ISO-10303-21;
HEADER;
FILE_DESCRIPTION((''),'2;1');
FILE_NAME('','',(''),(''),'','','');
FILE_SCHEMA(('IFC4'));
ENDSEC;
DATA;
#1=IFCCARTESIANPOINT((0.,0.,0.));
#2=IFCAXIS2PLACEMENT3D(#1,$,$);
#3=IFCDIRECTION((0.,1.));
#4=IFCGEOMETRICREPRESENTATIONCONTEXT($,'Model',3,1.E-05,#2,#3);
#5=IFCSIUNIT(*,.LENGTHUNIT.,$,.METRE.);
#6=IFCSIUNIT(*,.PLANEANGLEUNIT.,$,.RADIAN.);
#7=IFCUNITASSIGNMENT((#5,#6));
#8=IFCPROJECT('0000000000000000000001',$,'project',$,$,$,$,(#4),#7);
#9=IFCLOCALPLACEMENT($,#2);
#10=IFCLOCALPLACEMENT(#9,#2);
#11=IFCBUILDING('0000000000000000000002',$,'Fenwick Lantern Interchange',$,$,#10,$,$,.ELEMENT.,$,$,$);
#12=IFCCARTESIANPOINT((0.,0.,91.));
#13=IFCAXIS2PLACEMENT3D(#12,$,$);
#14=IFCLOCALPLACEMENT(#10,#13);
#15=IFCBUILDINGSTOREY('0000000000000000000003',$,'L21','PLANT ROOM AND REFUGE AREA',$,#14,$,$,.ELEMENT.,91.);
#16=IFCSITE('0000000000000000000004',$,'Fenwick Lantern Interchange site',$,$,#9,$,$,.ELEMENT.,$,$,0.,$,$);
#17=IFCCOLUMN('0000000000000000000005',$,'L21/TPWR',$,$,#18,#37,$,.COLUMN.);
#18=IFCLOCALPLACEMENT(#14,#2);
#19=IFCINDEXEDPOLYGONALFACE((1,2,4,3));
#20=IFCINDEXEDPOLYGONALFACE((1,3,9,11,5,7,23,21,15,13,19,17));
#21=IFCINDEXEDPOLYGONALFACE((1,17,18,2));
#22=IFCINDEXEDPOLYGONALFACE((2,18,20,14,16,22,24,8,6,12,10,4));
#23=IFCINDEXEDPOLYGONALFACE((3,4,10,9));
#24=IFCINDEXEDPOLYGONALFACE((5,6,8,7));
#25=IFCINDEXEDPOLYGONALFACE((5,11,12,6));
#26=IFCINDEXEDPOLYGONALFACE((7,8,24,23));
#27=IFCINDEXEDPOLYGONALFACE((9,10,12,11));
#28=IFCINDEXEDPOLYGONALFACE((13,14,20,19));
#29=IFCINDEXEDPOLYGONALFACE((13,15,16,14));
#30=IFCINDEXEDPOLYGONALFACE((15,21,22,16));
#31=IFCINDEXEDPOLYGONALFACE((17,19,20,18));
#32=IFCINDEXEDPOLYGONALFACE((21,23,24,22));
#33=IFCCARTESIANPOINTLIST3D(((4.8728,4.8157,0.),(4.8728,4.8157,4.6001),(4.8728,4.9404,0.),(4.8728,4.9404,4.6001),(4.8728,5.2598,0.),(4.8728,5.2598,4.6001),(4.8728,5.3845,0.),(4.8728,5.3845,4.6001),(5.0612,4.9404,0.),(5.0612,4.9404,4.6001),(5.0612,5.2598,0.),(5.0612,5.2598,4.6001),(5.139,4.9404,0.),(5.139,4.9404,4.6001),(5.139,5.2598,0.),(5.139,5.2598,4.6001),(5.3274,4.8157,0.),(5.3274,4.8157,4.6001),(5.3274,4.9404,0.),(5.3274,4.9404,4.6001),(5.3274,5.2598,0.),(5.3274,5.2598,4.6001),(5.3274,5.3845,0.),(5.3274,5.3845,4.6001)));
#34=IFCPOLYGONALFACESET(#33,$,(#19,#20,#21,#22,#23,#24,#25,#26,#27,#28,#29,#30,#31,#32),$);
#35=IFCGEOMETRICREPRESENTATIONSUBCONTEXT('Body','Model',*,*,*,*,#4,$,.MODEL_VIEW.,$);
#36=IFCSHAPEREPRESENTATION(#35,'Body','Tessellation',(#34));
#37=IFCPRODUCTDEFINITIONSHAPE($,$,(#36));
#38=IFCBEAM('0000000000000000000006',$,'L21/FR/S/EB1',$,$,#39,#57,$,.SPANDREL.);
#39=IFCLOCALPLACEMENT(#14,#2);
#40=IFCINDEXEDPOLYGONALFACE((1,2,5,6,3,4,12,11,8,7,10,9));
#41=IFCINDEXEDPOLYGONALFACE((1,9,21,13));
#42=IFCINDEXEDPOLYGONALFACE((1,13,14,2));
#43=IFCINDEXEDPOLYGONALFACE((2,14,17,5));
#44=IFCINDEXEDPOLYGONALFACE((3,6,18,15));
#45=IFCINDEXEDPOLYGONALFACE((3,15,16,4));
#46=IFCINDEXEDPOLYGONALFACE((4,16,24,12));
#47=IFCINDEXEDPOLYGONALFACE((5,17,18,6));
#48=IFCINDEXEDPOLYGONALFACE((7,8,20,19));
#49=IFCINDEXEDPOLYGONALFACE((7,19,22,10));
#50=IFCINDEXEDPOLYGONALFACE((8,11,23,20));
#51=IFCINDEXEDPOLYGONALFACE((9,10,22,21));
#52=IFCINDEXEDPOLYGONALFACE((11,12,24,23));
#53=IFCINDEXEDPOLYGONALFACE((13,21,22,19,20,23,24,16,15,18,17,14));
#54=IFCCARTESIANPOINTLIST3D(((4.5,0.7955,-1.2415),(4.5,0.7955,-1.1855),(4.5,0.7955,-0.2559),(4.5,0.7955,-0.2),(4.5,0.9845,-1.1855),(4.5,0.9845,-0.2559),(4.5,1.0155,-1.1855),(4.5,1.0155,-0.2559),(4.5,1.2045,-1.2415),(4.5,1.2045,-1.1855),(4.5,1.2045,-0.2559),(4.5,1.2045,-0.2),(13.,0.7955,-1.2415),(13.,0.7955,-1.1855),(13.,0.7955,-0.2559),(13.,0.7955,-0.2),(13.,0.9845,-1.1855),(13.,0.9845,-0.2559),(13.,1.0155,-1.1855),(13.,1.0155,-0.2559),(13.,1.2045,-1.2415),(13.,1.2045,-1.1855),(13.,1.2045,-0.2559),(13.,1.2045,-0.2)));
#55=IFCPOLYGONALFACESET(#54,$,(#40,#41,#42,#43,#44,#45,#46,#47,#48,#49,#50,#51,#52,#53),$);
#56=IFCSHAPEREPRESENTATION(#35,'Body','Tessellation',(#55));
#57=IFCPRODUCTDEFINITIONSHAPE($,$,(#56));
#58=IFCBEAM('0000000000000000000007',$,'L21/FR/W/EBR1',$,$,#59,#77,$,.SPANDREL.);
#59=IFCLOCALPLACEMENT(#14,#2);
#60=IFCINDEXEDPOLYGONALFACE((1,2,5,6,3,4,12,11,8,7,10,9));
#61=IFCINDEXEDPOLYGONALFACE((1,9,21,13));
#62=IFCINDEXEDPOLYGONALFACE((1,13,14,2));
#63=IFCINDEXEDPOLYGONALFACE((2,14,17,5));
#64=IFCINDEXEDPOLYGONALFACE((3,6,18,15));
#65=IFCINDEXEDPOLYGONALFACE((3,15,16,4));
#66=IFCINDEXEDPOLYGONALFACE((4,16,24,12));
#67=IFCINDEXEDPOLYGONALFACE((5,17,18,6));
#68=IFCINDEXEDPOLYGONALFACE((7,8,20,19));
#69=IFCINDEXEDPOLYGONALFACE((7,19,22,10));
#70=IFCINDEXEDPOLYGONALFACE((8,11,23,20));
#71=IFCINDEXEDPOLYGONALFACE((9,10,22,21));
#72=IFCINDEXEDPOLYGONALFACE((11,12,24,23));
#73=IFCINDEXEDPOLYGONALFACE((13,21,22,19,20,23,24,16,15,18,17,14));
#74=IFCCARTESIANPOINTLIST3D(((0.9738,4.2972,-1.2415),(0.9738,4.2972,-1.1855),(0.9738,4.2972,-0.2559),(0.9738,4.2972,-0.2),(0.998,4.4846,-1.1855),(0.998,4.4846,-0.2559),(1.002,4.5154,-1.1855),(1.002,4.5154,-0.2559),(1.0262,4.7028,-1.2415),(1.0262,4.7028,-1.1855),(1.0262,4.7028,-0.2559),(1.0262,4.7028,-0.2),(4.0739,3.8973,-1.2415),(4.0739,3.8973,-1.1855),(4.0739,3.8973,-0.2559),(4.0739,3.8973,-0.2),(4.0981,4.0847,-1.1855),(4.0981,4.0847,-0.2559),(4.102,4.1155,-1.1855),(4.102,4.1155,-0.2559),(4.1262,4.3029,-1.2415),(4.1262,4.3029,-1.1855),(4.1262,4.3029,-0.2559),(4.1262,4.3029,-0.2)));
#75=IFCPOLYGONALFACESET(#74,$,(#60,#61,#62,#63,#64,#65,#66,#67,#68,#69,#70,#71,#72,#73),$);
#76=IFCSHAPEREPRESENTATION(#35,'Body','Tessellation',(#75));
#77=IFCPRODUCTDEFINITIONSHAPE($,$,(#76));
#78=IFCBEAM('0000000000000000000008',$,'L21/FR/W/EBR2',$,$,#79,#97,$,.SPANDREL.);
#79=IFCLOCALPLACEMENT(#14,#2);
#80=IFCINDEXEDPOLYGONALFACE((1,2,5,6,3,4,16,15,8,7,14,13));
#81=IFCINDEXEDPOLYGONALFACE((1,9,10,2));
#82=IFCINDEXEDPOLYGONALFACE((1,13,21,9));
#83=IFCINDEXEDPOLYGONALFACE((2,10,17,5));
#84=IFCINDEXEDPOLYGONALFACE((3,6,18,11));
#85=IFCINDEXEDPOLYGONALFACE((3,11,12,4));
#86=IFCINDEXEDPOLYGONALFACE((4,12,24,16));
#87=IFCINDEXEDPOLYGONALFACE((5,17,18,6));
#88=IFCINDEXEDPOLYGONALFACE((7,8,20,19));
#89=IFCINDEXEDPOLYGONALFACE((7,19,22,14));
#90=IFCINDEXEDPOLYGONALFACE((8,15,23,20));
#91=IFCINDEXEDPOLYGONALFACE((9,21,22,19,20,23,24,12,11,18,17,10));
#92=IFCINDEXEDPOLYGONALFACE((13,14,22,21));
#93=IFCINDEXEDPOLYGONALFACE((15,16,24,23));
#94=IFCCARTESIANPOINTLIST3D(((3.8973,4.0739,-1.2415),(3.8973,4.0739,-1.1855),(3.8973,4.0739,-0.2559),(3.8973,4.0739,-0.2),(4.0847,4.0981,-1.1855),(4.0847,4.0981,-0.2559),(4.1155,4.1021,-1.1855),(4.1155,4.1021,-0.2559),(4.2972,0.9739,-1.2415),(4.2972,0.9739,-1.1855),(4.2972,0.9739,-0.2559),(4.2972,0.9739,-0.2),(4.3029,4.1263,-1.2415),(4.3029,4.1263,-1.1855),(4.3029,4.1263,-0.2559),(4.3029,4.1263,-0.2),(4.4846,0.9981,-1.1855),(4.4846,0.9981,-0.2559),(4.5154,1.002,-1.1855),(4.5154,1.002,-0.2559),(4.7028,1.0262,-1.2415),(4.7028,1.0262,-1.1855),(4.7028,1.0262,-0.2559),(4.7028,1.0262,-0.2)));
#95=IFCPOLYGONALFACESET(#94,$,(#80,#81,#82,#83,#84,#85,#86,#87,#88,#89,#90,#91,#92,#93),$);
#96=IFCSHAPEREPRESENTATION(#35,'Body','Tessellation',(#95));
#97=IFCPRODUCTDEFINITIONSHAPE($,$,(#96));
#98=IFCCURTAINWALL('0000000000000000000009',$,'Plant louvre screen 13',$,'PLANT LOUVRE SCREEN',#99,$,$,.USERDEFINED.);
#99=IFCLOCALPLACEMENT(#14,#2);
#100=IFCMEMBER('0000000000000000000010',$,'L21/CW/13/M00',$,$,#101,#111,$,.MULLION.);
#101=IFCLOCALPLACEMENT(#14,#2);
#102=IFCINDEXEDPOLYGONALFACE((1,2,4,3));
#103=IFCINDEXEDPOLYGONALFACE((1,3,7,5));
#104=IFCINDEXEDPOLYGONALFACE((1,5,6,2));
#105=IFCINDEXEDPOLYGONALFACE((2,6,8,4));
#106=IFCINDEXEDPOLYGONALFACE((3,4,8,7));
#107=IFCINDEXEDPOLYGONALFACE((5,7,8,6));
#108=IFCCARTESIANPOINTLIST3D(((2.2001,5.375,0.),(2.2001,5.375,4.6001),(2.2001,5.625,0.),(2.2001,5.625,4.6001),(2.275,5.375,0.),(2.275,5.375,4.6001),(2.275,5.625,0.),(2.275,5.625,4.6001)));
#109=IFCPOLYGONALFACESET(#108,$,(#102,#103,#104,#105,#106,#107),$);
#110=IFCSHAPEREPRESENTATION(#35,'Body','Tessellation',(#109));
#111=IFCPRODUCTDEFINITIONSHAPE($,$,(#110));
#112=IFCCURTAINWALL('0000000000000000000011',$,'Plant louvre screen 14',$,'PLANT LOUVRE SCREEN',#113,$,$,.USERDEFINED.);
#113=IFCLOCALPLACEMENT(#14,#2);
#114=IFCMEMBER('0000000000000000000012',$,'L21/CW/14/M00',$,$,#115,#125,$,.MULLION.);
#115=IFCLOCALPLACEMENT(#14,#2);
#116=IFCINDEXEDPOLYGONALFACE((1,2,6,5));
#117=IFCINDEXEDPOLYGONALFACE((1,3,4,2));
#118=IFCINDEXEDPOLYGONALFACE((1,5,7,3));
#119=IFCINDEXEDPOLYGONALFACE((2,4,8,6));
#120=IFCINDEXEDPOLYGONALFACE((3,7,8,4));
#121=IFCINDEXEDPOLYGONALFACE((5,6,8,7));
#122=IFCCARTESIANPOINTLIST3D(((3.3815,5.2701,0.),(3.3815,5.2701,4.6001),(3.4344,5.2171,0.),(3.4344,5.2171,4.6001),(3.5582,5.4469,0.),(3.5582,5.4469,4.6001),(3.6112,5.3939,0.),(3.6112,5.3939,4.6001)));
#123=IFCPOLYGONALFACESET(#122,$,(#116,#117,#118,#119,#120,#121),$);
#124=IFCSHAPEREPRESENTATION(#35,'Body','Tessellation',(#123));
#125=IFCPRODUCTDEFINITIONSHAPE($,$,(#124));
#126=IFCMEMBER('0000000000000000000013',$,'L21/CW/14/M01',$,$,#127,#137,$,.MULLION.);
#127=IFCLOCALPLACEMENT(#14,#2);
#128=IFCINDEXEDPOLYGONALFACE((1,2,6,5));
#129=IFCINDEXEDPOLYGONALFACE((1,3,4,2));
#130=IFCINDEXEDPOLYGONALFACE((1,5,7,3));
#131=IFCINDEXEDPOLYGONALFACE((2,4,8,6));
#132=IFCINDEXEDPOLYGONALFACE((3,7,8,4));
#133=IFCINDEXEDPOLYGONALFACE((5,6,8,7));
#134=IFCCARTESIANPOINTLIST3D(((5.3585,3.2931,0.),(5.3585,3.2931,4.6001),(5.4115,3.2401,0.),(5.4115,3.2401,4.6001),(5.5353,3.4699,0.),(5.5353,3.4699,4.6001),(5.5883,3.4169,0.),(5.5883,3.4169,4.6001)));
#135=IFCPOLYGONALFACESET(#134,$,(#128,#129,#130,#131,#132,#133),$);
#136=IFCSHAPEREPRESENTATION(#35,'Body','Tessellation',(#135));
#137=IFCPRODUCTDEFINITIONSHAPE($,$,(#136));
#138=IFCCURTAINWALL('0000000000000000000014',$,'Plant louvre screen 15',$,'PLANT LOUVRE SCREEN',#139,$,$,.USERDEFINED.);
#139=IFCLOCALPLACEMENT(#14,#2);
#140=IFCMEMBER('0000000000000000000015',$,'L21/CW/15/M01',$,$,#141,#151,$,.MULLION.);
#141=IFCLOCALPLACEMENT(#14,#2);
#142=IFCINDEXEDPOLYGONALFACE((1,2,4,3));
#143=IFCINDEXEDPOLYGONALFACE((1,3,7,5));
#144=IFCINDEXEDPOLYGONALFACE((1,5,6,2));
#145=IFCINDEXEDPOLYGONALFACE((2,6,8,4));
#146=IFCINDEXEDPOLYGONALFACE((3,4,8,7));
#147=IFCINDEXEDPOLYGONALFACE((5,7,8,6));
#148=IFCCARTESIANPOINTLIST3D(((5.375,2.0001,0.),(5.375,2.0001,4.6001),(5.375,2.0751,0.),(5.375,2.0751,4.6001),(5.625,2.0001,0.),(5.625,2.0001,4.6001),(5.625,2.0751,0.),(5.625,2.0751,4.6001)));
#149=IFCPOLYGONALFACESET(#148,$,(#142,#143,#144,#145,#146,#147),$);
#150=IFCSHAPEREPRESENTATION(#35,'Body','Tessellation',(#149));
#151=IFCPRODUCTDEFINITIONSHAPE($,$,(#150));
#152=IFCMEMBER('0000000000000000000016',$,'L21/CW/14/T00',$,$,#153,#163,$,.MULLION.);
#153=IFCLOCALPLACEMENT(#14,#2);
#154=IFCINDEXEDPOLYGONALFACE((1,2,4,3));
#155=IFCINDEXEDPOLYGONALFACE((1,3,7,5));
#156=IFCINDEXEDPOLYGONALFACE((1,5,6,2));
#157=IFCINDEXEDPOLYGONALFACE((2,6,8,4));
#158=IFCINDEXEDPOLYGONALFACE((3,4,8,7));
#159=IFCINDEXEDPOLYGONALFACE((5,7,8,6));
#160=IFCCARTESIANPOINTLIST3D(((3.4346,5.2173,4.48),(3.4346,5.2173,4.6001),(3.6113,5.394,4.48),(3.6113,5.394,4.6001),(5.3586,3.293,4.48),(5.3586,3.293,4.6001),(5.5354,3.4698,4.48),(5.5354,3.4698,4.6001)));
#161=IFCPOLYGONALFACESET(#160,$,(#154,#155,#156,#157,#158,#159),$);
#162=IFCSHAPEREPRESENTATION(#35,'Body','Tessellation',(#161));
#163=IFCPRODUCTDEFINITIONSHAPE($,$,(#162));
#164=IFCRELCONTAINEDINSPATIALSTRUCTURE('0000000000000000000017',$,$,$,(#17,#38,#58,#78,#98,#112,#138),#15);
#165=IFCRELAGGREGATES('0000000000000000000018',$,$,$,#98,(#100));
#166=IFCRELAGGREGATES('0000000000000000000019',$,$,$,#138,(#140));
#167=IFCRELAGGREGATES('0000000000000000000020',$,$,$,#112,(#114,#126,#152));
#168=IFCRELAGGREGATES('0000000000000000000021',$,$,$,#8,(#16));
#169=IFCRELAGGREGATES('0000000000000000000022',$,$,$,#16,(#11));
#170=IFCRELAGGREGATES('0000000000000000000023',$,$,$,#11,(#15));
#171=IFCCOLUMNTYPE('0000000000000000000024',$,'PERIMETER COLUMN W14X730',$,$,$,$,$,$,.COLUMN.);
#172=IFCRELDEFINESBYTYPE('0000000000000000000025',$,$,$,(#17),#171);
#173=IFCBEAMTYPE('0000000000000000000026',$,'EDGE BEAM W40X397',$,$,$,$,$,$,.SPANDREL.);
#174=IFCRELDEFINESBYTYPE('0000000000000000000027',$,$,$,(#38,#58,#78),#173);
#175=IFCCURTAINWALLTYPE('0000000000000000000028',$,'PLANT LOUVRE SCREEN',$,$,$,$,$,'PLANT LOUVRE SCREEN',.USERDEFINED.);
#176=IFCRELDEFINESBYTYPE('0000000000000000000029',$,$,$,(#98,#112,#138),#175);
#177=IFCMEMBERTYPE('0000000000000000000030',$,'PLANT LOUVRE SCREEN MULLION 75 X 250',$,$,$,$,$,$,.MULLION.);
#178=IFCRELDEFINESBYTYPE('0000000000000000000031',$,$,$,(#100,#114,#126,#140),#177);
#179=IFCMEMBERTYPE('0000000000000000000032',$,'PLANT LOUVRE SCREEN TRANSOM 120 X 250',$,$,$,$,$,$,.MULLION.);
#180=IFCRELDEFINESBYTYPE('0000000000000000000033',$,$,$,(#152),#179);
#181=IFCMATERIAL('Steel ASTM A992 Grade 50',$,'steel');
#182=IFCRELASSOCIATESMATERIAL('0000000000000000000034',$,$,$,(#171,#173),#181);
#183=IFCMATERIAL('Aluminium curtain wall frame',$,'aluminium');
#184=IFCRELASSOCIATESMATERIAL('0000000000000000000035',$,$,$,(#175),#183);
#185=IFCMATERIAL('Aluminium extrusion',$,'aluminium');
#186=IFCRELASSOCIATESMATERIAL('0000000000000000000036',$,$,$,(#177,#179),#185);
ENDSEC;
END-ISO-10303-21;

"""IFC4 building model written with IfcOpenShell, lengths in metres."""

from ifc_helpers import new_model, si_unit, direction, frame, origin, origin_2d, place, context, subcontext, project, spatial, rectangle, i_section, extrude, material, material_profile, profile_set, type_object, element, aggregate, save


model = new_model("IFC4")

# Units and contexts
model_context = context("Model", 3, precision=1e-05, world=origin(), true_north=direction((0.0, 1.0)))
body_context = subcontext(model_context, "Body", "Model", "MODEL_VIEW")
ifc_project = project(units=[si_unit("LENGTHUNIT", "METRE"), si_unit("PLANEANGLEUNIT", "RADIAN")], contexts=[model_context])

# Site, building, storey
site_placement = place(None, origin())
site = spatial("IfcSite", under=ifc_project, at=site_placement, Name="Fenwick Lantern Interchange site", CompositionType="ELEMENT", RefElevation=0.0)
building_placement = place(site_placement, origin())
building = spatial("IfcBuilding", under=site, at=building_placement, Name="Fenwick Lantern Interchange", CompositionType="ELEMENT")
storey_placement = place(building_placement, frame((0.0, 0.0, 91.0)))
storey = spatial("IfcBuildingStorey", under=building, at=storey_placement, Name="L21", Description="PLANT ROOM AND REFUGE AREA", CompositionType="ELEMENT", Elevation=91.0)

# Column
ifc_material_1 = material(Name="Steel ASTM A992 Grade 50", Category="steel")
ifc_material_profile_1 = material_profile(ifc_material_1, i_section(OverallWidth=0.4546, OverallDepth=0.5688, WebThickness=0.0779, FlangeThickness=0.1248, at=origin_2d()), Name="W14X730")
ifc_profile_set_1 = profile_set([ifc_material_profile_1], Name="Steel ASTM A992 Grade 50")
column_type = type_object("IfcColumnType", Name="PERIMETER COLUMN W14X730", PredefinedType="COLUMN", material=ifc_profile_set_1)
column_placement = place(storey_placement, frame((5.1001, 5.1001, 0.0), z_axis=(0.0, 0.0, 1.0), x_axis=(1.0, 0.0, 0.0)))
element("IfcColumn", 1, at=column_placement, inside=storey, type_object=column_type, Name="L21/TPWR", PredefinedType="COLUMN", context=body_context, shape_type="SweptSolid", body=[
    extrude(i_section(OverallWidth=0.4546, OverallDepth=0.5688, WebThickness=0.0779, FlangeThickness=0.1248, at=origin_2d()), origin(), (0.0, 0.0, 1.0), 4.6001),
])

# Beams
ifc_material_profile_2 = material_profile(ifc_material_1, i_section(OverallWidth=0.4089, OverallDepth=1.0415, WebThickness=0.031, FlangeThickness=0.0559, at=origin_2d()), Name="W40X397")
ifc_profile_set_2 = profile_set([ifc_material_profile_2], Name="Steel ASTM A992 Grade 50")
beam_type = type_object("IfcBeamType", Name="EDGE BEAM W40X397", PredefinedType="SPANDREL", material=ifc_profile_set_2)
beam_placement = place(storey_placement, frame((4.5, 1.0, -0.7207), z_axis=(1.0, 0.0, 0.0), x_axis=(0.0, 1.0, 0.0)))
element("IfcBeam", 2, at=beam_placement, inside=storey, type_object=beam_type, Name="L21/FR/S/EB1", PredefinedType="SPANDREL", context=body_context, shape_type="SweptSolid", body=[
    extrude(i_section(OverallWidth=0.4089, OverallDepth=1.0415, WebThickness=0.031, FlangeThickness=0.0559, at=origin_2d()), origin(), (0.0, 0.0, 1.0), 8.5),
])
for number, where, z_axis, x_axis, name in (
    (3, (1.0, 4.5, -0.7207), (0.991782, -0.127937, 0.0), (0.127937, 0.991782, 0.0), "L21/FR/W/EBR1"),
    (4, (4.1001, 4.1001, -0.7207), (0.127937, -0.991782, 0.0), (0.991782, 0.127937, 0.0), "L21/FR/W/EBR2"),
):
    element("IfcBeam", number, at=place(storey_placement, frame(where, z_axis=z_axis, x_axis=x_axis)), inside=storey, type_object=beam_type, Name=name, PredefinedType="SPANDREL", context=body_context, shape_type="SweptSolid", body=[
        extrude(i_section(OverallWidth=0.4089, OverallDepth=1.0415, WebThickness=0.031, FlangeThickness=0.0559, at=origin_2d()), origin(), (0.0, 0.0, 1.0), 3.1257),
    ])

# Curtain wall, member
ifc_material_2 = material(Name="Aluminium curtain wall frame", Category="aluminium")
curtain_wall_type = type_object("IfcCurtainWallType", Name="PLANT LOUVRE SCREEN", ElementType="PLANT LOUVRE SCREEN", PredefinedType="USERDEFINED", material=ifc_material_2)
curtain_wall_1_placement = place(storey_placement, origin())
curtain_wall_1 = element("IfcCurtainWall", 5, at=curtain_wall_1_placement, inside=storey, type_object=curtain_wall_type, Name="Plant louvre screen 13", ObjectType="PLANT LOUVRE SCREEN", PredefinedType="USERDEFINED")
ifc_material_3 = material(Name="Aluminium extrusion", Category="aluminium")
ifc_material_profile_3 = material_profile(ifc_material_3, rectangle(XDim=0.25, YDim=0.075, at=origin_2d()), Name="PLANT LOUVRE SCREEN MULLION 75 X 250")
ifc_profile_set_3 = profile_set([ifc_material_profile_3], Name="Aluminium extrusion")
member_type_1 = type_object("IfcMemberType", Name="PLANT LOUVRE SCREEN MULLION 75 X 250", PredefinedType="MULLION", material=ifc_profile_set_3)
member_1_placement = place(storey_placement, frame((2.2375, 5.5, 0.0), z_axis=(0.0, 0.0, 1.0), x_axis=(0.0, 1.0, 0.0)))
member_1 = element("IfcMember", 6, at=member_1_placement, type_object=member_type_1, Name="L21/CW/13/M00", PredefinedType="MULLION", context=body_context, shape_type="SweptSolid", body=[
    extrude(rectangle(XDim=0.25, YDim=0.075, at=origin_2d()), origin(), (0.0, 0.0, 1.0), 4.6001),
])
aggregate(curtain_wall_1, [member_1])

# Curtain wall, members
curtain_wall_2_placement = place(storey_placement, origin())
curtain_wall_2 = element("IfcCurtainWall", 7, at=curtain_wall_2_placement, inside=storey, type_object=curtain_wall_type, Name="Plant louvre screen 14", ObjectType="PLANT LOUVRE SCREEN", PredefinedType="USERDEFINED")
member_2_placement = place(storey_placement, frame((3.4963, 5.332, 0.0), z_axis=(0.0, 0.0, 1.0), x_axis=(0.707107, 0.707107, 0.0)))
member_2 = element("IfcMember", 8, at=member_2_placement, type_object=member_type_1, Name="L21/CW/14/M00", PredefinedType="MULLION", context=body_context, shape_type="SweptSolid", body=[
    extrude(rectangle(XDim=0.25, YDim=0.075, at=origin_2d()), origin(), (0.0, 0.0, 1.0), 4.6001),
])
member_3_placement = place(storey_placement, frame((5.4734, 3.355, 0.0), z_axis=(0.0, 0.0, 1.0), x_axis=(0.707107, 0.707107, 0.0)))
member_3 = element("IfcMember", 9, at=member_3_placement, type_object=member_type_1, Name="L21/CW/14/M01", PredefinedType="MULLION", context=body_context, shape_type="SweptSolid", body=[
    extrude(rectangle(XDim=0.25, YDim=0.075, at=origin_2d()), origin(), (0.0, 0.0, 1.0), 4.6001),
])

# Curtain wall, member
curtain_wall_3_placement = place(storey_placement, origin())
curtain_wall_3 = element("IfcCurtainWall", 10, at=curtain_wall_3_placement, inside=storey, type_object=curtain_wall_type, Name="Plant louvre screen 15", ObjectType="PLANT LOUVRE SCREEN", PredefinedType="USERDEFINED")
member_4_placement = place(storey_placement, frame((5.5, 2.0376, 0.0), z_axis=(0.0, 0.0, 1.0), x_axis=(1.0, 0.0, 0.0)))
member_4 = element("IfcMember", 11, at=member_4_placement, type_object=member_type_1, Name="L21/CW/15/M01", PredefinedType="MULLION", context=body_context, shape_type="SweptSolid", body=[
    extrude(rectangle(XDim=0.25, YDim=0.075, at=origin_2d()), origin(), (0.0, 0.0, 1.0), 4.6001),
])
aggregate(curtain_wall_3, [member_4])

# Member
ifc_material_profile_4 = material_profile(ifc_material_3, rectangle(XDim=0.25, YDim=0.1201, at=origin_2d()), Name="PLANT LOUVRE SCREEN TRANSOM 120 X 250")
ifc_profile_set_4 = profile_set([ifc_material_profile_4], Name="Aluminium extrusion")
member_type_2 = type_object("IfcMemberType", Name="PLANT LOUVRE SCREEN TRANSOM 120 X 250", PredefinedType="MULLION", material=ifc_profile_set_4)
member_5_placement = place(storey_placement, frame((3.5229, 5.3057, 4.54), z_axis=(0.707062, -0.707152, 0.0), x_axis=(0.707152, 0.707062, 0.0)))
member_5 = element("IfcMember", 12, at=member_5_placement, type_object=member_type_2, Name="L21/CW/14/T00", PredefinedType="MULLION", context=body_context, shape_type="SweptSolid", body=[
    extrude(rectangle(XDim=0.25, YDim=0.1201, at=origin_2d()), origin(), (0.0, 0.0, 1.0), 2.7212),
])

aggregate(curtain_wall_2, [member_2, member_3, member_5])

save(model, "model.ifc")
